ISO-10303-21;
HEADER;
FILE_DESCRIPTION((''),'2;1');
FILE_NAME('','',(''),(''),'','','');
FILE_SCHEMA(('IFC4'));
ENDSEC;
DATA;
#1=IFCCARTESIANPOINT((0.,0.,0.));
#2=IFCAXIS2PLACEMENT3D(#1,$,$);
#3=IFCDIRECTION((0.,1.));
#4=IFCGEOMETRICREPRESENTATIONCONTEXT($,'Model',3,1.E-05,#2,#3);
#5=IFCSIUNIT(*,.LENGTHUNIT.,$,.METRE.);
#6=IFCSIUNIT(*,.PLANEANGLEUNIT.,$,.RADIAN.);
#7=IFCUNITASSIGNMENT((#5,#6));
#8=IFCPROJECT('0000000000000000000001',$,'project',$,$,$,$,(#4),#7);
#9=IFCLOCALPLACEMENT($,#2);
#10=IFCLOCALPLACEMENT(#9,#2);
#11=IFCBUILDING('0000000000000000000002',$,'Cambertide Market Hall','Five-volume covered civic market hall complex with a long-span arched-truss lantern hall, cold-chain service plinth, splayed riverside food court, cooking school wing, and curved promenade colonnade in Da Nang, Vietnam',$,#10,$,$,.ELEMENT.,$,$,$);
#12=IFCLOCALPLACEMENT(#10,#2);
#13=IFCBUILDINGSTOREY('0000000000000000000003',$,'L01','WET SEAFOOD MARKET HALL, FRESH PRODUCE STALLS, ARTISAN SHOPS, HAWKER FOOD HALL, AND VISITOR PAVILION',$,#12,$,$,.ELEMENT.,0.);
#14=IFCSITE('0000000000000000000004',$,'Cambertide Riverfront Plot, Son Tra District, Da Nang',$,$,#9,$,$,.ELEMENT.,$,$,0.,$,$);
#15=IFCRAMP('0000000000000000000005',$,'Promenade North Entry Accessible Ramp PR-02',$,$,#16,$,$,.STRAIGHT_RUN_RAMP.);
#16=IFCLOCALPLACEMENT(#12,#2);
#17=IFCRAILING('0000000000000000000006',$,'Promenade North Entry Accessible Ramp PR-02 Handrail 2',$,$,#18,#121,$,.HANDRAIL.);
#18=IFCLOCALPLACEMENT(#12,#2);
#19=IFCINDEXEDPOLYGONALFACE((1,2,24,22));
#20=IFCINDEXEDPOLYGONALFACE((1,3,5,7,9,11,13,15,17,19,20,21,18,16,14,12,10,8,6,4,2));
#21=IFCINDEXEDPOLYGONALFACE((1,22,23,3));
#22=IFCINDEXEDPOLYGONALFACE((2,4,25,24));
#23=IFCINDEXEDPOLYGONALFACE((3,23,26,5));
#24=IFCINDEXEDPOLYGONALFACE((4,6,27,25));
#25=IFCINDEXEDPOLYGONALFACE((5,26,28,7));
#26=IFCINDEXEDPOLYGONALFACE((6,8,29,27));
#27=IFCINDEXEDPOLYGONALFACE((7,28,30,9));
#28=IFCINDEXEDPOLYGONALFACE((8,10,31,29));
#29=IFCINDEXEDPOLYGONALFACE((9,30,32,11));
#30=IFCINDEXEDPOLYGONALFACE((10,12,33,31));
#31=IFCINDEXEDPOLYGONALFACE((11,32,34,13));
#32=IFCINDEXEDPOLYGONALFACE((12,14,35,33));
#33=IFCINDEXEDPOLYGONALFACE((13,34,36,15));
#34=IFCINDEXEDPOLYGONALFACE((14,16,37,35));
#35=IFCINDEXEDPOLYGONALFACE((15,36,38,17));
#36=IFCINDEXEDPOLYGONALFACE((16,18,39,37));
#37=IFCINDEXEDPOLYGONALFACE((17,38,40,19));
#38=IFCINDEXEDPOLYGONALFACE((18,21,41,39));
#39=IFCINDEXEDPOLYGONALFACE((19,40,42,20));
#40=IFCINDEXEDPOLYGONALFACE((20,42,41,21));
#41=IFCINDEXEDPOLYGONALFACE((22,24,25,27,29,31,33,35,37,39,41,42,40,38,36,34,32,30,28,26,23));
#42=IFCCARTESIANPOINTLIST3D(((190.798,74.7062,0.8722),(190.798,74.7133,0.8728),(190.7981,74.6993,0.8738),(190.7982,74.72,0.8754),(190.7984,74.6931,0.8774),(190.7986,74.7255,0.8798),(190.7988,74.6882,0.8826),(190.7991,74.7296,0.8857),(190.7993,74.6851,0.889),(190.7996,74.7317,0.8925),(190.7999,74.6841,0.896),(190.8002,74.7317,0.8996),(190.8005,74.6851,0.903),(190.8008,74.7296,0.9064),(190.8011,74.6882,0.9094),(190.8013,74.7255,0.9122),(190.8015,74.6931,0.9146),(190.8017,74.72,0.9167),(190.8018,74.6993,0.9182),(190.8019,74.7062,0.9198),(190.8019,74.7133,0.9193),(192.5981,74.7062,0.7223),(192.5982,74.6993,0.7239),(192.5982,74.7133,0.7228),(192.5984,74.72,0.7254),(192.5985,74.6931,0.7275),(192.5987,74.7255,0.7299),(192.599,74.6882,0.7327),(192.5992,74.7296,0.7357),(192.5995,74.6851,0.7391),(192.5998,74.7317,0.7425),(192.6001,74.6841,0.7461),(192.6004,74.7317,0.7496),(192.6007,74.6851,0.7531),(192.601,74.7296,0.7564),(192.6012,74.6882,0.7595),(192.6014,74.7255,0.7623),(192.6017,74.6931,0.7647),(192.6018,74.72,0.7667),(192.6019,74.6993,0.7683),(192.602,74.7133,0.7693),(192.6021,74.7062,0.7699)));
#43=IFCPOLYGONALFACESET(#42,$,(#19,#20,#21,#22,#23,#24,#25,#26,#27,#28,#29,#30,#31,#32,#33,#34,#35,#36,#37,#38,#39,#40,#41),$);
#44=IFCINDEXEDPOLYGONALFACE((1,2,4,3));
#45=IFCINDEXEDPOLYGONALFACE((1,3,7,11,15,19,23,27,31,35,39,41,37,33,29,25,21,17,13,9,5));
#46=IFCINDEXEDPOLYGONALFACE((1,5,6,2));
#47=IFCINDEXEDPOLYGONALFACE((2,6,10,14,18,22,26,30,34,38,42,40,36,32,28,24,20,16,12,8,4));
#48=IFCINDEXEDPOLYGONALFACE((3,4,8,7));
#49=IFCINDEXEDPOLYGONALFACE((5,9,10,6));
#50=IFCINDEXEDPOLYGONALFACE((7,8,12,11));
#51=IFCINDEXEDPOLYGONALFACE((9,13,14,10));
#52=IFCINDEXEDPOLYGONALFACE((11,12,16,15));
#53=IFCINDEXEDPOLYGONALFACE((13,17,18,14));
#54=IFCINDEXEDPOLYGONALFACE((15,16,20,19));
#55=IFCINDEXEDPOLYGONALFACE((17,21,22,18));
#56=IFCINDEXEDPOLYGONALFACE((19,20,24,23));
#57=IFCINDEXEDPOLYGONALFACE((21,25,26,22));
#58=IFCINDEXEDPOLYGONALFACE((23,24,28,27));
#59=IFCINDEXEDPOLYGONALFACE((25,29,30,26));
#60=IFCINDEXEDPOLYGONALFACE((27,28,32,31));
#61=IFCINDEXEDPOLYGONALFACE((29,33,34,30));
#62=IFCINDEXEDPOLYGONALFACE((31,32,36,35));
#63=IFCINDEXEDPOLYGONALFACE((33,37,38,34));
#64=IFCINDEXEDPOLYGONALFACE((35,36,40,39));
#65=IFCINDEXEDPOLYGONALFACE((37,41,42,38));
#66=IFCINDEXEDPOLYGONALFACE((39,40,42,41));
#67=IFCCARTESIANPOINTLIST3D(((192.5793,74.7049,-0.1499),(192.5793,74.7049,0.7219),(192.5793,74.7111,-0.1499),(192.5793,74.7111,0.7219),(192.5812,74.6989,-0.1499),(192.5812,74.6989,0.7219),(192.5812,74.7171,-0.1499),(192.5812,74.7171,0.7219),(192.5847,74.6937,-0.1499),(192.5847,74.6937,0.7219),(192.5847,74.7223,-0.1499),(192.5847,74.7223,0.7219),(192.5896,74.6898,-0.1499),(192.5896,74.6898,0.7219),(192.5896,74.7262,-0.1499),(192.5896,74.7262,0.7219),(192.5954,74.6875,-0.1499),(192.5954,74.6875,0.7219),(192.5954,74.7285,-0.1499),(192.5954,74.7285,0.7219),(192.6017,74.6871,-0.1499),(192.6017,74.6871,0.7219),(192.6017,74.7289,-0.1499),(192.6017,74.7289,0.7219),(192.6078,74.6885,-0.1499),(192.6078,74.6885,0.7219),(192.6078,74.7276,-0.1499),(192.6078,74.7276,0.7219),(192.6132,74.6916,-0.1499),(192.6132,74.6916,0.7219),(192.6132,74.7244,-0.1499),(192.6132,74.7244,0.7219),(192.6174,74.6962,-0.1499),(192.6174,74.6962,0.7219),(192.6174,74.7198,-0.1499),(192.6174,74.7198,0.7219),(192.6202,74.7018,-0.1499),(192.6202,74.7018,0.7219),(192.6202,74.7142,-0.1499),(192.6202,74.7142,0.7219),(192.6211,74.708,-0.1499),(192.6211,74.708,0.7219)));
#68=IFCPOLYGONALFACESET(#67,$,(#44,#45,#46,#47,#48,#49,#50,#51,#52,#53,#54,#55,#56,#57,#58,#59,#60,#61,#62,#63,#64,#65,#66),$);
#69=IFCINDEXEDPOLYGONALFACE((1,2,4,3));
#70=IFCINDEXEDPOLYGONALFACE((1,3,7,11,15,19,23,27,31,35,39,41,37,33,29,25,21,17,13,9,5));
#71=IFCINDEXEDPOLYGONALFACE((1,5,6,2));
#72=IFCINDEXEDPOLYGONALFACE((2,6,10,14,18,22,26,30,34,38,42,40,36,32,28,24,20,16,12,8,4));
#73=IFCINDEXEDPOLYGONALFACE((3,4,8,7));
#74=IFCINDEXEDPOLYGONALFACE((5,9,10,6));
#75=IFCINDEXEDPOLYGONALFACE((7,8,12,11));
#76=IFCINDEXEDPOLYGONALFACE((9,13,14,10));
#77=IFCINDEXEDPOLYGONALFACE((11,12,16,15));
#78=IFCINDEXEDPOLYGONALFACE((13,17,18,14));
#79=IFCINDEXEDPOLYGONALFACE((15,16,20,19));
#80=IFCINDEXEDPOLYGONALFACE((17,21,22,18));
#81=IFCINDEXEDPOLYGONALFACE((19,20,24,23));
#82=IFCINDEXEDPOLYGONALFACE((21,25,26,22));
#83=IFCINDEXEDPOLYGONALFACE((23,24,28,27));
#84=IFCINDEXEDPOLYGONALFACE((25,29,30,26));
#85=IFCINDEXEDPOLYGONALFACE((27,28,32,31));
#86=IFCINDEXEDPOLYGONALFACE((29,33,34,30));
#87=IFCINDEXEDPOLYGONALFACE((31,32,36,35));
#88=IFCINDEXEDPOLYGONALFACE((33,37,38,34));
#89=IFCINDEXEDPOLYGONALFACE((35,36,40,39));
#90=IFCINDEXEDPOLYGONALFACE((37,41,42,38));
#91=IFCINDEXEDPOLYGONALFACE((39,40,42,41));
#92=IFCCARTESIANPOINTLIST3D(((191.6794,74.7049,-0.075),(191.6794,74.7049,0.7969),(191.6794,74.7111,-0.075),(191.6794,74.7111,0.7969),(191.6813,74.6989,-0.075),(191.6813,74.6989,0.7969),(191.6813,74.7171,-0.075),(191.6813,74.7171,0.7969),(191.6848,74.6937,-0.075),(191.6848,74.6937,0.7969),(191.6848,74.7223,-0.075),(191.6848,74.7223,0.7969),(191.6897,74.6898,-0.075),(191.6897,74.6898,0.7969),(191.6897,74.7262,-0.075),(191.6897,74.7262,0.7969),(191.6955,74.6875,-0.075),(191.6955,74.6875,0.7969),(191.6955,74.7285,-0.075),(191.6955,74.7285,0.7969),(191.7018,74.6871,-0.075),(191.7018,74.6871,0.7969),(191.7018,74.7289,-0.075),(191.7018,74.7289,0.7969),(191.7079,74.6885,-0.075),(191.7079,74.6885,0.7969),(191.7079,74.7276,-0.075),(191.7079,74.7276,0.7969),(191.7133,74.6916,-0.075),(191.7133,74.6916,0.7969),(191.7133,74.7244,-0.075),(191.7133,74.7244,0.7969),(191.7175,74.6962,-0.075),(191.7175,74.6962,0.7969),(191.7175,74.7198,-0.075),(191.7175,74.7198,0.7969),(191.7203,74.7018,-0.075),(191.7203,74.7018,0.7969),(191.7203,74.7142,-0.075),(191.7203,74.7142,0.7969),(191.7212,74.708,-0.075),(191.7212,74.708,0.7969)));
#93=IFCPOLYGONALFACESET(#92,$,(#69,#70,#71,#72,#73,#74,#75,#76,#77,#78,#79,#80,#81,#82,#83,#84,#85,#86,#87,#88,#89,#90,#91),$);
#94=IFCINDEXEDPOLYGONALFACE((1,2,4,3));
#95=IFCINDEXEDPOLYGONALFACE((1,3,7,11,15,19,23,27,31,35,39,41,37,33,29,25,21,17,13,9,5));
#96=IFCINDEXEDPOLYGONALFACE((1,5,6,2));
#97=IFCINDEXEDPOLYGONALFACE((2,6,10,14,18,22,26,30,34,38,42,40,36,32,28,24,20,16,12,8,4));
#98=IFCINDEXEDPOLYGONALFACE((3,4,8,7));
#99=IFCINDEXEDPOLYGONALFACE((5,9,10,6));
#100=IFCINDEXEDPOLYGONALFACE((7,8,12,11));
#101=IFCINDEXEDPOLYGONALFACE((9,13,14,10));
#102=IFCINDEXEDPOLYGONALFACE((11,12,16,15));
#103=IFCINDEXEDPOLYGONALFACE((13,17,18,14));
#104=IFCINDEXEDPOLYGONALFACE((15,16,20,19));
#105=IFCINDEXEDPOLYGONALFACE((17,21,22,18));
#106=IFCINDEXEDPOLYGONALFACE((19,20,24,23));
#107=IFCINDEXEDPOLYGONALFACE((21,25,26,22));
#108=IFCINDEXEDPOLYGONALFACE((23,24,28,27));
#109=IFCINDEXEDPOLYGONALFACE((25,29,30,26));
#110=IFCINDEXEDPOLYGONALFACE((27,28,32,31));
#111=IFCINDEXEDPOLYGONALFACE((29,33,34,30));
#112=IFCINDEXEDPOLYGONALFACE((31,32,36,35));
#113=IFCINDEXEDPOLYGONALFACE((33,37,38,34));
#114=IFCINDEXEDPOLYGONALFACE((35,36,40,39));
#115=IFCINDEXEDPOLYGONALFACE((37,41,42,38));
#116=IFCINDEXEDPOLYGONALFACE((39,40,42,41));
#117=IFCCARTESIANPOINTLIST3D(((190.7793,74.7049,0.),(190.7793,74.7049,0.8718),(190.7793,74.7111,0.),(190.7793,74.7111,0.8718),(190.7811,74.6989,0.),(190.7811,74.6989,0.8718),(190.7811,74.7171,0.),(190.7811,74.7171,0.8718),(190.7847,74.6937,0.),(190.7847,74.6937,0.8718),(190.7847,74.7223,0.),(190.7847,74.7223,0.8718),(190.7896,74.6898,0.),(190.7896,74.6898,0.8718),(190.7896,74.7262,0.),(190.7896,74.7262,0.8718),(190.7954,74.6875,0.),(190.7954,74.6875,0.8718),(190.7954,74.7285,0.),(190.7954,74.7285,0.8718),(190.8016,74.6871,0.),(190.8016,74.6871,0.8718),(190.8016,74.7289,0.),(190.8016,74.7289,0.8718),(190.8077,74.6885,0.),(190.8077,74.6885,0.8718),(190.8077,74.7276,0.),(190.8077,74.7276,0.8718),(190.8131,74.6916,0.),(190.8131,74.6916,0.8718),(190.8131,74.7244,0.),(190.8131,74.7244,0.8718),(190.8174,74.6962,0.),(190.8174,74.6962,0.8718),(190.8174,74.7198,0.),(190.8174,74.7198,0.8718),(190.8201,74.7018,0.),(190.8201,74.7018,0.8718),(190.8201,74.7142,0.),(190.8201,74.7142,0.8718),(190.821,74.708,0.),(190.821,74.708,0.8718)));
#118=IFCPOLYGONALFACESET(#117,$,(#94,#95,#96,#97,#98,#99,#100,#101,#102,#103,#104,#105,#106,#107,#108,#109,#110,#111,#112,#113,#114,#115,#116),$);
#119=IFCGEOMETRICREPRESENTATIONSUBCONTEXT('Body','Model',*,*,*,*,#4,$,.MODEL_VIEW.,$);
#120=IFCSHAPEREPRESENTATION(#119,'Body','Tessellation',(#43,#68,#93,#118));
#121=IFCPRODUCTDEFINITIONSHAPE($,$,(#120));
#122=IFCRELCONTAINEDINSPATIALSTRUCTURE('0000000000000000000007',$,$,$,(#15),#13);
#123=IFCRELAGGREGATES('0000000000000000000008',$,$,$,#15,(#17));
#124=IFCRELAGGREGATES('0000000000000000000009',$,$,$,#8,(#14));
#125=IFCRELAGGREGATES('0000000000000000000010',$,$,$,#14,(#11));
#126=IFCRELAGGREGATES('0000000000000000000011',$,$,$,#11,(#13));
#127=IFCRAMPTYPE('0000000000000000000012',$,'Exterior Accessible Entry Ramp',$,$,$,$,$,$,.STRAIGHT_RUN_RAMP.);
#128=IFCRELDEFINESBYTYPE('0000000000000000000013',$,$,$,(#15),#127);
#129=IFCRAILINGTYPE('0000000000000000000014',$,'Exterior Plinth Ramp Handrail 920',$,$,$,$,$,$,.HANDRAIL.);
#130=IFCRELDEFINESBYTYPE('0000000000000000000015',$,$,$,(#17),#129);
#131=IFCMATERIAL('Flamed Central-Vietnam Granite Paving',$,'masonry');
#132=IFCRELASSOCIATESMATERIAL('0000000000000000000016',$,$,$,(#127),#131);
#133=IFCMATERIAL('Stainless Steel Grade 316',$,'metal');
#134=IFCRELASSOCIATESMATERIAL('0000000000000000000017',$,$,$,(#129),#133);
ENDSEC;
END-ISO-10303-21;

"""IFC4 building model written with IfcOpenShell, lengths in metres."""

from ifc_helpers import new_model, si_unit, direction, frame, origin, origin_2d, place, context, subcontext, project, spatial, circle, extrude, material, type_object, element, aggregate, save


model = new_model("IFC4")

# Units and contexts
model_context = context("Model", 3, precision=1e-05, world=origin(), true_north=direction((0.0, 1.0)))
body_context = subcontext(model_context, "Body", "Model", "MODEL_VIEW")
ifc_project = project(units=[si_unit("LENGTHUNIT", "METRE"), si_unit("PLANEANGLEUNIT", "RADIAN")], contexts=[model_context])

# Site, building, storey
site_placement = place(None, origin())
site = spatial("IfcSite", under=ifc_project, at=site_placement, Name="Cambertide Riverfront Plot, Son Tra District, Da Nang", CompositionType="ELEMENT", RefElevation=0.0)
building_placement = place(site_placement, origin())
building = spatial("IfcBuilding", under=site, at=building_placement, Name="Cambertide Market Hall", Description="Five-volume covered civic market hall complex with a long-span arched-truss lantern hall, cold-chain service plinth, splayed riverside food court, cooking school wing, and curved promenade colonnade in Da Nang, Vietnam", CompositionType="ELEMENT")
storey_placement = place(building_placement, origin())
storey = spatial("IfcBuildingStorey", under=building, at=storey_placement, Name="L01", Description="WET SEAFOOD MARKET HALL, FRESH PRODUCE STALLS, ARTISAN SHOPS, HAWKER FOOD HALL, AND VISITOR PAVILION", CompositionType="ELEMENT", Elevation=0.0)

# Ramp, railing
ifc_material_1 = material(Name="Flamed Central-Vietnam Granite Paving", Category="masonry")
ramp_type = type_object("IfcRampType", Name="Exterior Accessible Entry Ramp", PredefinedType="STRAIGHT_RUN_RAMP", material=ifc_material_1)
ramp_placement = place(storey_placement, origin())
ramp = element("IfcRamp", 1, at=ramp_placement, inside=storey, type_object=ramp_type, Name="Promenade North Entry Accessible Ramp PR-02", PredefinedType="STRAIGHT_RUN_RAMP")
ifc_material_2 = material(Name="Stainless Steel Grade 316", Category="metal")
railing_type = type_object("IfcRailingType", Name="Exterior Plinth Ramp Handrail 920", PredefinedType="HANDRAIL", material=ifc_material_2)
railing_1_placement = place(storey_placement, frame((192.6001, 74.708, -0.1499)))
railing_1 = element("IfcRailing", 2, at=railing_1_placement, type_object=railing_type, Name="Promenade North Entry Accessible Ramp PR-02 Handrail 2", PredefinedType="HANDRAIL", context=body_context, shape_type="SweptSolid", body=[
    extrude(circle(Radius=0.0239, at=origin_2d()), frame((0.0, 0.0, 0.896), z_axis=(-0.99655, 0.0, 0.08299), x_axis=(0.0, -1.0, 0.0)), (0.0, 0.0, 1.0), 1.8064),
    extrude(circle(Radius=0.021, at=origin_2d()), origin(), (0.0, 0.0, 1.0), 0.8718),
    extrude(circle(Radius=0.021, at=origin_2d()), frame((-0.8999, 0.0, 0.075)), (0.0, 0.0, 1.0), 0.8718),
    extrude(circle(Radius=0.021, at=origin_2d()), frame((-1.8, 0.0, 0.1499)), (0.0, 0.0, 1.0), 0.8718),
])
aggregate(ramp, [railing_1])

save(model, "model.ifc")
